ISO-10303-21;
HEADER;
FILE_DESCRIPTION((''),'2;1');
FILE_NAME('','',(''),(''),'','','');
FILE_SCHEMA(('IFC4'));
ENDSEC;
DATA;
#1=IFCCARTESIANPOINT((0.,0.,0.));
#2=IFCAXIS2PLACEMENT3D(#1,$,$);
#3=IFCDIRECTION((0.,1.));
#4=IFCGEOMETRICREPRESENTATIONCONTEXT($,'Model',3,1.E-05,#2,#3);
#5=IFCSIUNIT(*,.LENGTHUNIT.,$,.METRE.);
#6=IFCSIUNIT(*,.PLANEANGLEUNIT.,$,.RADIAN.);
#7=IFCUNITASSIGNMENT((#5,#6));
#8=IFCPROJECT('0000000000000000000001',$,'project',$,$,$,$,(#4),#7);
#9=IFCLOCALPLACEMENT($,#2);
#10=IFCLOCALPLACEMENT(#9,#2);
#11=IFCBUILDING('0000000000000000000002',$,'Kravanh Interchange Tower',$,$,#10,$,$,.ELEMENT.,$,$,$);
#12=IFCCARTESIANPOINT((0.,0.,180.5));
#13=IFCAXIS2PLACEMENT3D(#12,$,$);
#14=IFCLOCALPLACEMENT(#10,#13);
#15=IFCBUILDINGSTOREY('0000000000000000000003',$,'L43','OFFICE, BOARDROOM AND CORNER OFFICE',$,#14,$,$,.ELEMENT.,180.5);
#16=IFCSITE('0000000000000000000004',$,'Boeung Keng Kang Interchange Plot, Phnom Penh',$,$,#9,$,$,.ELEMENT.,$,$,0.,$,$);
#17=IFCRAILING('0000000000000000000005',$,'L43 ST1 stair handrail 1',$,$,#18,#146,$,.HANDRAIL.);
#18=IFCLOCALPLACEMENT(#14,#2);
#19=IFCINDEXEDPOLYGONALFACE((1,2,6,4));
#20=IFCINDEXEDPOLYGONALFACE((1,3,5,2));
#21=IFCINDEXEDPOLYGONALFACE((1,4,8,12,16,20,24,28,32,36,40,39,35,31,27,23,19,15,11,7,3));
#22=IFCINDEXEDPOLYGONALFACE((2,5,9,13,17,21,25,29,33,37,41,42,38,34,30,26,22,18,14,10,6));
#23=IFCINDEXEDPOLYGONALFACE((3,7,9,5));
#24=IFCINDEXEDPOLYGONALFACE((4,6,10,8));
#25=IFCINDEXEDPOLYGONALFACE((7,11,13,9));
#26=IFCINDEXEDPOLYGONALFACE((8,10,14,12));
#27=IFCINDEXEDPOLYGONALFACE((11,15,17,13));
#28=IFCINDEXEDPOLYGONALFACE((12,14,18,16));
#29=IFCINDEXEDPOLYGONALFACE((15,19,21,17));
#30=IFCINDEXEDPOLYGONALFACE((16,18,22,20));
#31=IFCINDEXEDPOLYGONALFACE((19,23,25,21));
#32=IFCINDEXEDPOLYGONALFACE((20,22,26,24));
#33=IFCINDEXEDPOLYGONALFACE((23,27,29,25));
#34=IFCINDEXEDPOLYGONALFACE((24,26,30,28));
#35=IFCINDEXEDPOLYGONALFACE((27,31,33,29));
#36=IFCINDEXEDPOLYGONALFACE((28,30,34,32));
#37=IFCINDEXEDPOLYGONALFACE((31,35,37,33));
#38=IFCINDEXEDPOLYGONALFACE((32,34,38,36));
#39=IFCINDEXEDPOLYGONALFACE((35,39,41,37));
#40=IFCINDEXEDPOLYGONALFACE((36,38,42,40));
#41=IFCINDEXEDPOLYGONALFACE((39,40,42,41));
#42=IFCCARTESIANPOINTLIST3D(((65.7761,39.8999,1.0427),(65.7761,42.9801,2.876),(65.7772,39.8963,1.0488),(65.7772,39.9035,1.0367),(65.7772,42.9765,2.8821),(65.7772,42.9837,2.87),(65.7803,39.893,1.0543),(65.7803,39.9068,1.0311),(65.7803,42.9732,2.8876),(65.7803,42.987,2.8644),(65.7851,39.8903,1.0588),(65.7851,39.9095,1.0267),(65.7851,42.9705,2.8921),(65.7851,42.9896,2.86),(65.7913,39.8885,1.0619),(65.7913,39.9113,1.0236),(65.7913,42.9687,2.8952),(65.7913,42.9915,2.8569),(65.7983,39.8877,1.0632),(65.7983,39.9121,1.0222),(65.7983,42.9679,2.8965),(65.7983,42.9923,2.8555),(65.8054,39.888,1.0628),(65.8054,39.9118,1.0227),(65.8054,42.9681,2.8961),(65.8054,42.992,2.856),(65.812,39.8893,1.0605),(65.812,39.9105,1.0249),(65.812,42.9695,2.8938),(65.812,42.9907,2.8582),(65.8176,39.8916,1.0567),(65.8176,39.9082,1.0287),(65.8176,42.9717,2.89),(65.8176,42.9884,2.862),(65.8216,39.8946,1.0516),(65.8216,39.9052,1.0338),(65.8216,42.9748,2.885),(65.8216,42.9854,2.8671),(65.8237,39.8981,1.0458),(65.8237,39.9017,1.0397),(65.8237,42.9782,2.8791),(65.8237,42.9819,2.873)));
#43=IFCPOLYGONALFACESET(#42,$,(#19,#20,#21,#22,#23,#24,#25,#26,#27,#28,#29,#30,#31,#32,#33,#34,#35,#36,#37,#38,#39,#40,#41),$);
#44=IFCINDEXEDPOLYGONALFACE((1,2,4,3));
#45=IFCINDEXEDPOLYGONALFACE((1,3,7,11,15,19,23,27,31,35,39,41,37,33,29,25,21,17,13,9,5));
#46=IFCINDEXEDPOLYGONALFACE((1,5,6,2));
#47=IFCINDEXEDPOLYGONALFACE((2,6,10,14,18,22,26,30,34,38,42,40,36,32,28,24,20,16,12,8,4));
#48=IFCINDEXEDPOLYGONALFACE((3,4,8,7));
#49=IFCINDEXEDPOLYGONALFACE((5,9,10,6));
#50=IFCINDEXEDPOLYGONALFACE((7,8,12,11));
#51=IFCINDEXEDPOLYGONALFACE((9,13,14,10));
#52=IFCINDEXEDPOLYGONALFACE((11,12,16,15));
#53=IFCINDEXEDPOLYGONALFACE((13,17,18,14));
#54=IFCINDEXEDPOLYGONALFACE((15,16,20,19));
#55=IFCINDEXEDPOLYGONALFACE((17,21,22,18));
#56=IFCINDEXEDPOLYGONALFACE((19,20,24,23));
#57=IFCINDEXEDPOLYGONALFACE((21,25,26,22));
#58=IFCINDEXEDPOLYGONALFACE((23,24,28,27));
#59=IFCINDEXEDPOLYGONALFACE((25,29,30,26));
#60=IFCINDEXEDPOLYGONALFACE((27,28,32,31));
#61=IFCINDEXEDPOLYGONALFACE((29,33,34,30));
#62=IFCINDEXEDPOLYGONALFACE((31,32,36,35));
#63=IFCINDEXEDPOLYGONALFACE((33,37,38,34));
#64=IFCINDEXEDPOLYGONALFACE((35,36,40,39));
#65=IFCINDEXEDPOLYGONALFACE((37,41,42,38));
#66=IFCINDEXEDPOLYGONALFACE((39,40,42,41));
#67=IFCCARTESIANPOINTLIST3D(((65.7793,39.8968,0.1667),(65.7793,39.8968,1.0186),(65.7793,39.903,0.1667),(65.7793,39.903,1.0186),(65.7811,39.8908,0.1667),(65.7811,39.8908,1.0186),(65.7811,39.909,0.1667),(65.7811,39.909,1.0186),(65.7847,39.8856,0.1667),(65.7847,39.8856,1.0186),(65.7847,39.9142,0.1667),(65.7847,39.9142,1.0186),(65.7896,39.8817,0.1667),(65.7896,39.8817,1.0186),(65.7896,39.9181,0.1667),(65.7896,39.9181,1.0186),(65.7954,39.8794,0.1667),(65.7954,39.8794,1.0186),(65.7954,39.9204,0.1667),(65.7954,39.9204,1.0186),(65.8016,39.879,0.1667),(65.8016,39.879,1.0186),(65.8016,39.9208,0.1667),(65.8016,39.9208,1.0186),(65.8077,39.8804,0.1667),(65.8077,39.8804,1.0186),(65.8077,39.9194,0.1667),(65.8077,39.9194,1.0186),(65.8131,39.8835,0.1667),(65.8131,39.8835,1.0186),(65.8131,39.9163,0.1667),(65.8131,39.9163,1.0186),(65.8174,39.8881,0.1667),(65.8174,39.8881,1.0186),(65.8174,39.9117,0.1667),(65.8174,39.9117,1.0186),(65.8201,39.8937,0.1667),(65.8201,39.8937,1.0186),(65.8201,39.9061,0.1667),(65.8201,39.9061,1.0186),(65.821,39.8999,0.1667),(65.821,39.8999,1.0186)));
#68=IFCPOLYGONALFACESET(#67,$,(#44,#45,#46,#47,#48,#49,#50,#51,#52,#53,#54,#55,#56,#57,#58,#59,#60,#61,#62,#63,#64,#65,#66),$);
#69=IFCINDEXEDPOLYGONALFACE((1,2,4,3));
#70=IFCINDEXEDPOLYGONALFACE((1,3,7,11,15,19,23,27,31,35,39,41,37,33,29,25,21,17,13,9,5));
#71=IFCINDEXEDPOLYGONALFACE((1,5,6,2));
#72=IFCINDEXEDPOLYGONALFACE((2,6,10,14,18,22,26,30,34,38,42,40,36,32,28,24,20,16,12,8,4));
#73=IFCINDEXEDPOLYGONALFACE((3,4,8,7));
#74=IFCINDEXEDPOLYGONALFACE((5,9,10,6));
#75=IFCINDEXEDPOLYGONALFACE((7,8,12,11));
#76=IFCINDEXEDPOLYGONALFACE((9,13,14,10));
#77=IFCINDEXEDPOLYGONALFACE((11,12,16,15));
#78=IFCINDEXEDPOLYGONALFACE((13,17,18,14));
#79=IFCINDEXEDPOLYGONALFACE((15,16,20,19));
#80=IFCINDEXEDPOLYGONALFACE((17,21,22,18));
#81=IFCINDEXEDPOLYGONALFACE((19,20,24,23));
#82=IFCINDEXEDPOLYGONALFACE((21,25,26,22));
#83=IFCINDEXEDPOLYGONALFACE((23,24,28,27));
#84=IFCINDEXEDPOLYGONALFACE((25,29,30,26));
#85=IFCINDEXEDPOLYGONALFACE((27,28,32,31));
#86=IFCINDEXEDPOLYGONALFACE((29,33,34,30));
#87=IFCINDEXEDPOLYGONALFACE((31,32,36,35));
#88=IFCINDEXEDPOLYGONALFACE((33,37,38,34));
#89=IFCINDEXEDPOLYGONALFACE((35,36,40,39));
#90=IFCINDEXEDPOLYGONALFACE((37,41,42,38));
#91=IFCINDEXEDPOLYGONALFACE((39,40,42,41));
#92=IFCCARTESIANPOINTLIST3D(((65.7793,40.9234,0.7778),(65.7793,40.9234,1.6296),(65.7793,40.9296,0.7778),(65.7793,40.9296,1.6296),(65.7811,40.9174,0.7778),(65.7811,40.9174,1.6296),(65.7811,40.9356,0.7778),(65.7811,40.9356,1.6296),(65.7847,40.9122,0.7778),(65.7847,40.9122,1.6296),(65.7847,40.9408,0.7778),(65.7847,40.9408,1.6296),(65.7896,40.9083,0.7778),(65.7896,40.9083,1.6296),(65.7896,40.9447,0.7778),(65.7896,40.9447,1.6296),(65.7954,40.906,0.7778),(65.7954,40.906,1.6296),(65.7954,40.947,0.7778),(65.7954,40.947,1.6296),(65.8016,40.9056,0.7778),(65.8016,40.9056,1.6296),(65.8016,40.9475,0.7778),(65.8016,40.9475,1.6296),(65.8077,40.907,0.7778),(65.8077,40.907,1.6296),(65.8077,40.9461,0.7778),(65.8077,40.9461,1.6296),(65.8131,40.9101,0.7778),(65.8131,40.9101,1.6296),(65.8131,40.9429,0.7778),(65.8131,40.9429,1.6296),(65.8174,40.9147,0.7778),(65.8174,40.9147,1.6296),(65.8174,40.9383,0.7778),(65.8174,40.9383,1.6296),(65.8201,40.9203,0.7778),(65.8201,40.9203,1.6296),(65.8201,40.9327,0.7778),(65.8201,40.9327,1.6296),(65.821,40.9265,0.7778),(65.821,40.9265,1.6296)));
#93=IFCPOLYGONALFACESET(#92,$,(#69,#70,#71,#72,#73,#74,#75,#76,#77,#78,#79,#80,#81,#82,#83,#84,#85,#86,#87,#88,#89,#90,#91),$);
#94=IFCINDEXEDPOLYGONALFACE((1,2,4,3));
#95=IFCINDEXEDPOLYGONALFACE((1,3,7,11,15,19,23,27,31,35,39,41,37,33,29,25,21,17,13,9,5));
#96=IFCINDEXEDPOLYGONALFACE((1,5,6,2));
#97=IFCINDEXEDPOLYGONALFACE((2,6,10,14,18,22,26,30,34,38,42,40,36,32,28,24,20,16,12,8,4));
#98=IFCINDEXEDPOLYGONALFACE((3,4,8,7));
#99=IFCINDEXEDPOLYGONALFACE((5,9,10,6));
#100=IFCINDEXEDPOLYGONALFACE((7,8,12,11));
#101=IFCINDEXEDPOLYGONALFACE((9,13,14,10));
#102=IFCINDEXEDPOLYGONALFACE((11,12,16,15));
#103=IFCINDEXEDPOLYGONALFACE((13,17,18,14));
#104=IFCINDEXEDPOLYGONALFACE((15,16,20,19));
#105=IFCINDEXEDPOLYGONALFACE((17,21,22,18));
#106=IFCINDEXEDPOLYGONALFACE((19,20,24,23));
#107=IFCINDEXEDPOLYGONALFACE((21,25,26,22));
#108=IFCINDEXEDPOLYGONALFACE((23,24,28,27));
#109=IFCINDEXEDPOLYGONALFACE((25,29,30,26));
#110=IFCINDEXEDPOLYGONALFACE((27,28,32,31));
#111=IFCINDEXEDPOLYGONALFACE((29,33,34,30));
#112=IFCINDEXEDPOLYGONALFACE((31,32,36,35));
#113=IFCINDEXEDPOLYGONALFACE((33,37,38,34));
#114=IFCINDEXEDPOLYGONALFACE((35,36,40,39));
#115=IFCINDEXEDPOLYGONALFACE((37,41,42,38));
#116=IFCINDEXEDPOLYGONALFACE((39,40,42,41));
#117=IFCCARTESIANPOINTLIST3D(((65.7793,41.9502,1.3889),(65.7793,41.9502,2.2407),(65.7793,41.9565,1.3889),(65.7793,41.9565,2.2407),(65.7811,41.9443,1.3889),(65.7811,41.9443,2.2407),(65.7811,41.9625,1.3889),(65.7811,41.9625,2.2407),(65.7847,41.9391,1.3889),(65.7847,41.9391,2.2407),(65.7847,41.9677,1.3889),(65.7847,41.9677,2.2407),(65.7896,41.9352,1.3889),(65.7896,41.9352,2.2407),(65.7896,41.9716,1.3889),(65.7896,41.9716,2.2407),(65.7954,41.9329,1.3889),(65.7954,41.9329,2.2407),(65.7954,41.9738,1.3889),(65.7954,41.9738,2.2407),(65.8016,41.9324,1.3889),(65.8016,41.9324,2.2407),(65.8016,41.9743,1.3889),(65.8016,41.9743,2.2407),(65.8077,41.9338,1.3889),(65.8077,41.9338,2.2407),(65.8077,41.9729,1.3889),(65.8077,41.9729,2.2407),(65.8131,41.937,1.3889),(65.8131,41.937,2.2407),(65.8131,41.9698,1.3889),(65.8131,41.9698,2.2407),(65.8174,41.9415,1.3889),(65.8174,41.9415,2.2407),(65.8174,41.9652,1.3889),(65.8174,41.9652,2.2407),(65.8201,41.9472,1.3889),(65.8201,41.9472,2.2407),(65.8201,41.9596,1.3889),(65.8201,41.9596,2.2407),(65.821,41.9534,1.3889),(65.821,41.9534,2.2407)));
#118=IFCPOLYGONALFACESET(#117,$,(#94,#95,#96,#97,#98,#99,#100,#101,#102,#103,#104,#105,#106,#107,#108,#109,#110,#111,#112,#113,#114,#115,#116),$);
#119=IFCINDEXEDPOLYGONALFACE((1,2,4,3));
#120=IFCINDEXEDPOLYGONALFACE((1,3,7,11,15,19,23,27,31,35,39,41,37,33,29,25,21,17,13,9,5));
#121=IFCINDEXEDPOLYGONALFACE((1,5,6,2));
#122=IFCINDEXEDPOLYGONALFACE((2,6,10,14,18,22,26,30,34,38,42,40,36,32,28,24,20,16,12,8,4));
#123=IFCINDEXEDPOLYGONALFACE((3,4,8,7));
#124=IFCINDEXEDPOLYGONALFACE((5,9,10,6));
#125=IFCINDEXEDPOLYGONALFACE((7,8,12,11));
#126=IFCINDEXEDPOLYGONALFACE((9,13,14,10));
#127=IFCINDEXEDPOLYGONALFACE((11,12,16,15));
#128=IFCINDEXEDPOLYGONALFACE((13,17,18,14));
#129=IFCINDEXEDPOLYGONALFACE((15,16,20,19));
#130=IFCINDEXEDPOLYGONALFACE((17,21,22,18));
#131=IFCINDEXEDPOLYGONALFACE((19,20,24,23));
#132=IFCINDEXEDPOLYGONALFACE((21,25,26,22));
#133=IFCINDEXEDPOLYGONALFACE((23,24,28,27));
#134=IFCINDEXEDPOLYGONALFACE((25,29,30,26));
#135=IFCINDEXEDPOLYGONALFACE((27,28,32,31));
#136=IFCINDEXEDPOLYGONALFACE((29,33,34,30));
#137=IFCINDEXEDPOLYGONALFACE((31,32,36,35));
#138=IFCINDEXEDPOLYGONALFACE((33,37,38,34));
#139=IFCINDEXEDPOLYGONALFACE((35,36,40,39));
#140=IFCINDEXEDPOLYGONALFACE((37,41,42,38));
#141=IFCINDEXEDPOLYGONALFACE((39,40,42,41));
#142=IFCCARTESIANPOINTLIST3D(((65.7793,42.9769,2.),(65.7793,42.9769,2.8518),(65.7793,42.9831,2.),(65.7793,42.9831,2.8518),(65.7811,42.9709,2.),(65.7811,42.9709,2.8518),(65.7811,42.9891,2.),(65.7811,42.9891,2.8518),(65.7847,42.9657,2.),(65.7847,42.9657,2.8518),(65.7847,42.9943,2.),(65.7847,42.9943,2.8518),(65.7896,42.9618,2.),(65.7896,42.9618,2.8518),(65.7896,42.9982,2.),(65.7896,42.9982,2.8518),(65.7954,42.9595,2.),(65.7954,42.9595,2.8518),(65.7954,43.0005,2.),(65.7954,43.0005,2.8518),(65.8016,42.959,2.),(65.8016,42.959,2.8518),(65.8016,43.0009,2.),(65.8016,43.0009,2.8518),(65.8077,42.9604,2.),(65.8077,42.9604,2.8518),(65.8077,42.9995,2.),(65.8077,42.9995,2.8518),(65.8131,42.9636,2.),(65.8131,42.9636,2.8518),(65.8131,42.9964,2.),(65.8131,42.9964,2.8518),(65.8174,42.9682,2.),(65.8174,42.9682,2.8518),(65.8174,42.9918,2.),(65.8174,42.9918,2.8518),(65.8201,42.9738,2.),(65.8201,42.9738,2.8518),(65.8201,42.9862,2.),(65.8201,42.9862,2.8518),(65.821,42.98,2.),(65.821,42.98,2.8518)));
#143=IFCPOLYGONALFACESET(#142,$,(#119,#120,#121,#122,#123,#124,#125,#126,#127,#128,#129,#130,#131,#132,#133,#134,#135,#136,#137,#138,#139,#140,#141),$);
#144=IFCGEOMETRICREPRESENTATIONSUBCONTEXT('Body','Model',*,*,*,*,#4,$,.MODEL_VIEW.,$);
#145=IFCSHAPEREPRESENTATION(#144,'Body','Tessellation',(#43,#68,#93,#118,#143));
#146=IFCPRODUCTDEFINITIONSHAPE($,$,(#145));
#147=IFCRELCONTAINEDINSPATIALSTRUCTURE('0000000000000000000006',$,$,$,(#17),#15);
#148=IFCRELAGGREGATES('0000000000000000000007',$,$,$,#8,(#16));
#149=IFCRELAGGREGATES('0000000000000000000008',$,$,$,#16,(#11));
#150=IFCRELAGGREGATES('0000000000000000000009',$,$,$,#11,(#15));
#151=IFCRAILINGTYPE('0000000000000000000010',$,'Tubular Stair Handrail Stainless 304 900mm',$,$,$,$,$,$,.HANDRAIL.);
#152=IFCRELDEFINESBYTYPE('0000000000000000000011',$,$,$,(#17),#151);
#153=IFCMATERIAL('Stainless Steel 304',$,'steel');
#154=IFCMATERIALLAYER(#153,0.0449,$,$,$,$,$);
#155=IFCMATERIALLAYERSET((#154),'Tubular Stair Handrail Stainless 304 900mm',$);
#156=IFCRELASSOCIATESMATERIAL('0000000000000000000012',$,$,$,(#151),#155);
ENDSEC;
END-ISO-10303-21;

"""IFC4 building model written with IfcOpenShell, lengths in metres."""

from ifc_helpers import new_model, si_unit, direction, frame, origin, origin_2d, place, context, subcontext, project, spatial, circle, extrude, material, layer, layer_set, type_object, element, save


model = new_model("IFC4")

# Units and contexts
model_context = context("Model", 3, precision=1e-05, world=origin(), true_north=direction((0.0, 1.0)))
body_context = subcontext(model_context, "Body", "Model", "MODEL_VIEW")
ifc_project = project(units=[si_unit("LENGTHUNIT", "METRE"), si_unit("PLANEANGLEUNIT", "RADIAN")], contexts=[model_context])

# Site, building, storey
site_placement = place(None, origin())
site = spatial("IfcSite", under=ifc_project, at=site_placement, Name="Boeung Keng Kang Interchange Plot, Phnom Penh", CompositionType="ELEMENT", RefElevation=0.0)
building_placement = place(site_placement, origin())
building = spatial("IfcBuilding", under=site, at=building_placement, Name="Kravanh Interchange Tower", CompositionType="ELEMENT")
storey_placement = place(building_placement, frame((0.0, 0.0, 180.5)))
storey = spatial("IfcBuildingStorey", under=building, at=storey_placement, Name="L43", Description="OFFICE, BOARDROOM AND CORNER OFFICE", CompositionType="ELEMENT", Elevation=180.5)

# Railing
ifc_material_1 = material(Name="Stainless Steel 304", Category="steel")
ifc_layer_1 = layer(ifc_material_1, 0.0449)
ifc_layer_set_1 = layer_set([ifc_layer_1], Name="Tubular Stair Handrail Stainless 304 900mm")
railing_type_1 = type_object("IfcRailingType", Name="Tubular Stair Handrail Stainless 304 900mm", PredefinedType="HANDRAIL", material=ifc_layer_set_1)
railing_1_placement = place(storey_placement, frame((65.8, 39.8999, 0.1667)))
element("IfcRailing", 1, at=railing_1_placement, inside=storey, type_object=railing_type_1, Name="L43 ST1 stair handrail 1", PredefinedType="HANDRAIL", context=body_context, shape_type="SweptSolid", body=[
    extrude(circle(Radius=0.0239, at=origin_2d()), frame((0.0, 0.0, 0.876), z_axis=(0.0, 0.859309, 0.511458), x_axis=(-1.0, 0.0, 0.0)), (0.0, 0.0, 1.0), 3.5845),
    extrude(circle(Radius=0.021, at=origin_2d()), origin(), (0.0, 0.0, 1.0), 0.8518),
    extrude(circle(Radius=0.021, at=origin_2d()), frame((0.0, 1.0266, 0.6111)), (0.0, 0.0, 1.0), 0.8518),
    extrude(circle(Radius=0.021, at=origin_2d()), frame((0.0, 2.0535, 1.2222)), (0.0, 0.0, 1.0), 0.8518),
    extrude(circle(Radius=0.021, at=origin_2d()), frame((0.0, 3.0801, 1.8333)), (0.0, 0.0, 1.0), 0.8518),
])

save(model, "model.ifc")
